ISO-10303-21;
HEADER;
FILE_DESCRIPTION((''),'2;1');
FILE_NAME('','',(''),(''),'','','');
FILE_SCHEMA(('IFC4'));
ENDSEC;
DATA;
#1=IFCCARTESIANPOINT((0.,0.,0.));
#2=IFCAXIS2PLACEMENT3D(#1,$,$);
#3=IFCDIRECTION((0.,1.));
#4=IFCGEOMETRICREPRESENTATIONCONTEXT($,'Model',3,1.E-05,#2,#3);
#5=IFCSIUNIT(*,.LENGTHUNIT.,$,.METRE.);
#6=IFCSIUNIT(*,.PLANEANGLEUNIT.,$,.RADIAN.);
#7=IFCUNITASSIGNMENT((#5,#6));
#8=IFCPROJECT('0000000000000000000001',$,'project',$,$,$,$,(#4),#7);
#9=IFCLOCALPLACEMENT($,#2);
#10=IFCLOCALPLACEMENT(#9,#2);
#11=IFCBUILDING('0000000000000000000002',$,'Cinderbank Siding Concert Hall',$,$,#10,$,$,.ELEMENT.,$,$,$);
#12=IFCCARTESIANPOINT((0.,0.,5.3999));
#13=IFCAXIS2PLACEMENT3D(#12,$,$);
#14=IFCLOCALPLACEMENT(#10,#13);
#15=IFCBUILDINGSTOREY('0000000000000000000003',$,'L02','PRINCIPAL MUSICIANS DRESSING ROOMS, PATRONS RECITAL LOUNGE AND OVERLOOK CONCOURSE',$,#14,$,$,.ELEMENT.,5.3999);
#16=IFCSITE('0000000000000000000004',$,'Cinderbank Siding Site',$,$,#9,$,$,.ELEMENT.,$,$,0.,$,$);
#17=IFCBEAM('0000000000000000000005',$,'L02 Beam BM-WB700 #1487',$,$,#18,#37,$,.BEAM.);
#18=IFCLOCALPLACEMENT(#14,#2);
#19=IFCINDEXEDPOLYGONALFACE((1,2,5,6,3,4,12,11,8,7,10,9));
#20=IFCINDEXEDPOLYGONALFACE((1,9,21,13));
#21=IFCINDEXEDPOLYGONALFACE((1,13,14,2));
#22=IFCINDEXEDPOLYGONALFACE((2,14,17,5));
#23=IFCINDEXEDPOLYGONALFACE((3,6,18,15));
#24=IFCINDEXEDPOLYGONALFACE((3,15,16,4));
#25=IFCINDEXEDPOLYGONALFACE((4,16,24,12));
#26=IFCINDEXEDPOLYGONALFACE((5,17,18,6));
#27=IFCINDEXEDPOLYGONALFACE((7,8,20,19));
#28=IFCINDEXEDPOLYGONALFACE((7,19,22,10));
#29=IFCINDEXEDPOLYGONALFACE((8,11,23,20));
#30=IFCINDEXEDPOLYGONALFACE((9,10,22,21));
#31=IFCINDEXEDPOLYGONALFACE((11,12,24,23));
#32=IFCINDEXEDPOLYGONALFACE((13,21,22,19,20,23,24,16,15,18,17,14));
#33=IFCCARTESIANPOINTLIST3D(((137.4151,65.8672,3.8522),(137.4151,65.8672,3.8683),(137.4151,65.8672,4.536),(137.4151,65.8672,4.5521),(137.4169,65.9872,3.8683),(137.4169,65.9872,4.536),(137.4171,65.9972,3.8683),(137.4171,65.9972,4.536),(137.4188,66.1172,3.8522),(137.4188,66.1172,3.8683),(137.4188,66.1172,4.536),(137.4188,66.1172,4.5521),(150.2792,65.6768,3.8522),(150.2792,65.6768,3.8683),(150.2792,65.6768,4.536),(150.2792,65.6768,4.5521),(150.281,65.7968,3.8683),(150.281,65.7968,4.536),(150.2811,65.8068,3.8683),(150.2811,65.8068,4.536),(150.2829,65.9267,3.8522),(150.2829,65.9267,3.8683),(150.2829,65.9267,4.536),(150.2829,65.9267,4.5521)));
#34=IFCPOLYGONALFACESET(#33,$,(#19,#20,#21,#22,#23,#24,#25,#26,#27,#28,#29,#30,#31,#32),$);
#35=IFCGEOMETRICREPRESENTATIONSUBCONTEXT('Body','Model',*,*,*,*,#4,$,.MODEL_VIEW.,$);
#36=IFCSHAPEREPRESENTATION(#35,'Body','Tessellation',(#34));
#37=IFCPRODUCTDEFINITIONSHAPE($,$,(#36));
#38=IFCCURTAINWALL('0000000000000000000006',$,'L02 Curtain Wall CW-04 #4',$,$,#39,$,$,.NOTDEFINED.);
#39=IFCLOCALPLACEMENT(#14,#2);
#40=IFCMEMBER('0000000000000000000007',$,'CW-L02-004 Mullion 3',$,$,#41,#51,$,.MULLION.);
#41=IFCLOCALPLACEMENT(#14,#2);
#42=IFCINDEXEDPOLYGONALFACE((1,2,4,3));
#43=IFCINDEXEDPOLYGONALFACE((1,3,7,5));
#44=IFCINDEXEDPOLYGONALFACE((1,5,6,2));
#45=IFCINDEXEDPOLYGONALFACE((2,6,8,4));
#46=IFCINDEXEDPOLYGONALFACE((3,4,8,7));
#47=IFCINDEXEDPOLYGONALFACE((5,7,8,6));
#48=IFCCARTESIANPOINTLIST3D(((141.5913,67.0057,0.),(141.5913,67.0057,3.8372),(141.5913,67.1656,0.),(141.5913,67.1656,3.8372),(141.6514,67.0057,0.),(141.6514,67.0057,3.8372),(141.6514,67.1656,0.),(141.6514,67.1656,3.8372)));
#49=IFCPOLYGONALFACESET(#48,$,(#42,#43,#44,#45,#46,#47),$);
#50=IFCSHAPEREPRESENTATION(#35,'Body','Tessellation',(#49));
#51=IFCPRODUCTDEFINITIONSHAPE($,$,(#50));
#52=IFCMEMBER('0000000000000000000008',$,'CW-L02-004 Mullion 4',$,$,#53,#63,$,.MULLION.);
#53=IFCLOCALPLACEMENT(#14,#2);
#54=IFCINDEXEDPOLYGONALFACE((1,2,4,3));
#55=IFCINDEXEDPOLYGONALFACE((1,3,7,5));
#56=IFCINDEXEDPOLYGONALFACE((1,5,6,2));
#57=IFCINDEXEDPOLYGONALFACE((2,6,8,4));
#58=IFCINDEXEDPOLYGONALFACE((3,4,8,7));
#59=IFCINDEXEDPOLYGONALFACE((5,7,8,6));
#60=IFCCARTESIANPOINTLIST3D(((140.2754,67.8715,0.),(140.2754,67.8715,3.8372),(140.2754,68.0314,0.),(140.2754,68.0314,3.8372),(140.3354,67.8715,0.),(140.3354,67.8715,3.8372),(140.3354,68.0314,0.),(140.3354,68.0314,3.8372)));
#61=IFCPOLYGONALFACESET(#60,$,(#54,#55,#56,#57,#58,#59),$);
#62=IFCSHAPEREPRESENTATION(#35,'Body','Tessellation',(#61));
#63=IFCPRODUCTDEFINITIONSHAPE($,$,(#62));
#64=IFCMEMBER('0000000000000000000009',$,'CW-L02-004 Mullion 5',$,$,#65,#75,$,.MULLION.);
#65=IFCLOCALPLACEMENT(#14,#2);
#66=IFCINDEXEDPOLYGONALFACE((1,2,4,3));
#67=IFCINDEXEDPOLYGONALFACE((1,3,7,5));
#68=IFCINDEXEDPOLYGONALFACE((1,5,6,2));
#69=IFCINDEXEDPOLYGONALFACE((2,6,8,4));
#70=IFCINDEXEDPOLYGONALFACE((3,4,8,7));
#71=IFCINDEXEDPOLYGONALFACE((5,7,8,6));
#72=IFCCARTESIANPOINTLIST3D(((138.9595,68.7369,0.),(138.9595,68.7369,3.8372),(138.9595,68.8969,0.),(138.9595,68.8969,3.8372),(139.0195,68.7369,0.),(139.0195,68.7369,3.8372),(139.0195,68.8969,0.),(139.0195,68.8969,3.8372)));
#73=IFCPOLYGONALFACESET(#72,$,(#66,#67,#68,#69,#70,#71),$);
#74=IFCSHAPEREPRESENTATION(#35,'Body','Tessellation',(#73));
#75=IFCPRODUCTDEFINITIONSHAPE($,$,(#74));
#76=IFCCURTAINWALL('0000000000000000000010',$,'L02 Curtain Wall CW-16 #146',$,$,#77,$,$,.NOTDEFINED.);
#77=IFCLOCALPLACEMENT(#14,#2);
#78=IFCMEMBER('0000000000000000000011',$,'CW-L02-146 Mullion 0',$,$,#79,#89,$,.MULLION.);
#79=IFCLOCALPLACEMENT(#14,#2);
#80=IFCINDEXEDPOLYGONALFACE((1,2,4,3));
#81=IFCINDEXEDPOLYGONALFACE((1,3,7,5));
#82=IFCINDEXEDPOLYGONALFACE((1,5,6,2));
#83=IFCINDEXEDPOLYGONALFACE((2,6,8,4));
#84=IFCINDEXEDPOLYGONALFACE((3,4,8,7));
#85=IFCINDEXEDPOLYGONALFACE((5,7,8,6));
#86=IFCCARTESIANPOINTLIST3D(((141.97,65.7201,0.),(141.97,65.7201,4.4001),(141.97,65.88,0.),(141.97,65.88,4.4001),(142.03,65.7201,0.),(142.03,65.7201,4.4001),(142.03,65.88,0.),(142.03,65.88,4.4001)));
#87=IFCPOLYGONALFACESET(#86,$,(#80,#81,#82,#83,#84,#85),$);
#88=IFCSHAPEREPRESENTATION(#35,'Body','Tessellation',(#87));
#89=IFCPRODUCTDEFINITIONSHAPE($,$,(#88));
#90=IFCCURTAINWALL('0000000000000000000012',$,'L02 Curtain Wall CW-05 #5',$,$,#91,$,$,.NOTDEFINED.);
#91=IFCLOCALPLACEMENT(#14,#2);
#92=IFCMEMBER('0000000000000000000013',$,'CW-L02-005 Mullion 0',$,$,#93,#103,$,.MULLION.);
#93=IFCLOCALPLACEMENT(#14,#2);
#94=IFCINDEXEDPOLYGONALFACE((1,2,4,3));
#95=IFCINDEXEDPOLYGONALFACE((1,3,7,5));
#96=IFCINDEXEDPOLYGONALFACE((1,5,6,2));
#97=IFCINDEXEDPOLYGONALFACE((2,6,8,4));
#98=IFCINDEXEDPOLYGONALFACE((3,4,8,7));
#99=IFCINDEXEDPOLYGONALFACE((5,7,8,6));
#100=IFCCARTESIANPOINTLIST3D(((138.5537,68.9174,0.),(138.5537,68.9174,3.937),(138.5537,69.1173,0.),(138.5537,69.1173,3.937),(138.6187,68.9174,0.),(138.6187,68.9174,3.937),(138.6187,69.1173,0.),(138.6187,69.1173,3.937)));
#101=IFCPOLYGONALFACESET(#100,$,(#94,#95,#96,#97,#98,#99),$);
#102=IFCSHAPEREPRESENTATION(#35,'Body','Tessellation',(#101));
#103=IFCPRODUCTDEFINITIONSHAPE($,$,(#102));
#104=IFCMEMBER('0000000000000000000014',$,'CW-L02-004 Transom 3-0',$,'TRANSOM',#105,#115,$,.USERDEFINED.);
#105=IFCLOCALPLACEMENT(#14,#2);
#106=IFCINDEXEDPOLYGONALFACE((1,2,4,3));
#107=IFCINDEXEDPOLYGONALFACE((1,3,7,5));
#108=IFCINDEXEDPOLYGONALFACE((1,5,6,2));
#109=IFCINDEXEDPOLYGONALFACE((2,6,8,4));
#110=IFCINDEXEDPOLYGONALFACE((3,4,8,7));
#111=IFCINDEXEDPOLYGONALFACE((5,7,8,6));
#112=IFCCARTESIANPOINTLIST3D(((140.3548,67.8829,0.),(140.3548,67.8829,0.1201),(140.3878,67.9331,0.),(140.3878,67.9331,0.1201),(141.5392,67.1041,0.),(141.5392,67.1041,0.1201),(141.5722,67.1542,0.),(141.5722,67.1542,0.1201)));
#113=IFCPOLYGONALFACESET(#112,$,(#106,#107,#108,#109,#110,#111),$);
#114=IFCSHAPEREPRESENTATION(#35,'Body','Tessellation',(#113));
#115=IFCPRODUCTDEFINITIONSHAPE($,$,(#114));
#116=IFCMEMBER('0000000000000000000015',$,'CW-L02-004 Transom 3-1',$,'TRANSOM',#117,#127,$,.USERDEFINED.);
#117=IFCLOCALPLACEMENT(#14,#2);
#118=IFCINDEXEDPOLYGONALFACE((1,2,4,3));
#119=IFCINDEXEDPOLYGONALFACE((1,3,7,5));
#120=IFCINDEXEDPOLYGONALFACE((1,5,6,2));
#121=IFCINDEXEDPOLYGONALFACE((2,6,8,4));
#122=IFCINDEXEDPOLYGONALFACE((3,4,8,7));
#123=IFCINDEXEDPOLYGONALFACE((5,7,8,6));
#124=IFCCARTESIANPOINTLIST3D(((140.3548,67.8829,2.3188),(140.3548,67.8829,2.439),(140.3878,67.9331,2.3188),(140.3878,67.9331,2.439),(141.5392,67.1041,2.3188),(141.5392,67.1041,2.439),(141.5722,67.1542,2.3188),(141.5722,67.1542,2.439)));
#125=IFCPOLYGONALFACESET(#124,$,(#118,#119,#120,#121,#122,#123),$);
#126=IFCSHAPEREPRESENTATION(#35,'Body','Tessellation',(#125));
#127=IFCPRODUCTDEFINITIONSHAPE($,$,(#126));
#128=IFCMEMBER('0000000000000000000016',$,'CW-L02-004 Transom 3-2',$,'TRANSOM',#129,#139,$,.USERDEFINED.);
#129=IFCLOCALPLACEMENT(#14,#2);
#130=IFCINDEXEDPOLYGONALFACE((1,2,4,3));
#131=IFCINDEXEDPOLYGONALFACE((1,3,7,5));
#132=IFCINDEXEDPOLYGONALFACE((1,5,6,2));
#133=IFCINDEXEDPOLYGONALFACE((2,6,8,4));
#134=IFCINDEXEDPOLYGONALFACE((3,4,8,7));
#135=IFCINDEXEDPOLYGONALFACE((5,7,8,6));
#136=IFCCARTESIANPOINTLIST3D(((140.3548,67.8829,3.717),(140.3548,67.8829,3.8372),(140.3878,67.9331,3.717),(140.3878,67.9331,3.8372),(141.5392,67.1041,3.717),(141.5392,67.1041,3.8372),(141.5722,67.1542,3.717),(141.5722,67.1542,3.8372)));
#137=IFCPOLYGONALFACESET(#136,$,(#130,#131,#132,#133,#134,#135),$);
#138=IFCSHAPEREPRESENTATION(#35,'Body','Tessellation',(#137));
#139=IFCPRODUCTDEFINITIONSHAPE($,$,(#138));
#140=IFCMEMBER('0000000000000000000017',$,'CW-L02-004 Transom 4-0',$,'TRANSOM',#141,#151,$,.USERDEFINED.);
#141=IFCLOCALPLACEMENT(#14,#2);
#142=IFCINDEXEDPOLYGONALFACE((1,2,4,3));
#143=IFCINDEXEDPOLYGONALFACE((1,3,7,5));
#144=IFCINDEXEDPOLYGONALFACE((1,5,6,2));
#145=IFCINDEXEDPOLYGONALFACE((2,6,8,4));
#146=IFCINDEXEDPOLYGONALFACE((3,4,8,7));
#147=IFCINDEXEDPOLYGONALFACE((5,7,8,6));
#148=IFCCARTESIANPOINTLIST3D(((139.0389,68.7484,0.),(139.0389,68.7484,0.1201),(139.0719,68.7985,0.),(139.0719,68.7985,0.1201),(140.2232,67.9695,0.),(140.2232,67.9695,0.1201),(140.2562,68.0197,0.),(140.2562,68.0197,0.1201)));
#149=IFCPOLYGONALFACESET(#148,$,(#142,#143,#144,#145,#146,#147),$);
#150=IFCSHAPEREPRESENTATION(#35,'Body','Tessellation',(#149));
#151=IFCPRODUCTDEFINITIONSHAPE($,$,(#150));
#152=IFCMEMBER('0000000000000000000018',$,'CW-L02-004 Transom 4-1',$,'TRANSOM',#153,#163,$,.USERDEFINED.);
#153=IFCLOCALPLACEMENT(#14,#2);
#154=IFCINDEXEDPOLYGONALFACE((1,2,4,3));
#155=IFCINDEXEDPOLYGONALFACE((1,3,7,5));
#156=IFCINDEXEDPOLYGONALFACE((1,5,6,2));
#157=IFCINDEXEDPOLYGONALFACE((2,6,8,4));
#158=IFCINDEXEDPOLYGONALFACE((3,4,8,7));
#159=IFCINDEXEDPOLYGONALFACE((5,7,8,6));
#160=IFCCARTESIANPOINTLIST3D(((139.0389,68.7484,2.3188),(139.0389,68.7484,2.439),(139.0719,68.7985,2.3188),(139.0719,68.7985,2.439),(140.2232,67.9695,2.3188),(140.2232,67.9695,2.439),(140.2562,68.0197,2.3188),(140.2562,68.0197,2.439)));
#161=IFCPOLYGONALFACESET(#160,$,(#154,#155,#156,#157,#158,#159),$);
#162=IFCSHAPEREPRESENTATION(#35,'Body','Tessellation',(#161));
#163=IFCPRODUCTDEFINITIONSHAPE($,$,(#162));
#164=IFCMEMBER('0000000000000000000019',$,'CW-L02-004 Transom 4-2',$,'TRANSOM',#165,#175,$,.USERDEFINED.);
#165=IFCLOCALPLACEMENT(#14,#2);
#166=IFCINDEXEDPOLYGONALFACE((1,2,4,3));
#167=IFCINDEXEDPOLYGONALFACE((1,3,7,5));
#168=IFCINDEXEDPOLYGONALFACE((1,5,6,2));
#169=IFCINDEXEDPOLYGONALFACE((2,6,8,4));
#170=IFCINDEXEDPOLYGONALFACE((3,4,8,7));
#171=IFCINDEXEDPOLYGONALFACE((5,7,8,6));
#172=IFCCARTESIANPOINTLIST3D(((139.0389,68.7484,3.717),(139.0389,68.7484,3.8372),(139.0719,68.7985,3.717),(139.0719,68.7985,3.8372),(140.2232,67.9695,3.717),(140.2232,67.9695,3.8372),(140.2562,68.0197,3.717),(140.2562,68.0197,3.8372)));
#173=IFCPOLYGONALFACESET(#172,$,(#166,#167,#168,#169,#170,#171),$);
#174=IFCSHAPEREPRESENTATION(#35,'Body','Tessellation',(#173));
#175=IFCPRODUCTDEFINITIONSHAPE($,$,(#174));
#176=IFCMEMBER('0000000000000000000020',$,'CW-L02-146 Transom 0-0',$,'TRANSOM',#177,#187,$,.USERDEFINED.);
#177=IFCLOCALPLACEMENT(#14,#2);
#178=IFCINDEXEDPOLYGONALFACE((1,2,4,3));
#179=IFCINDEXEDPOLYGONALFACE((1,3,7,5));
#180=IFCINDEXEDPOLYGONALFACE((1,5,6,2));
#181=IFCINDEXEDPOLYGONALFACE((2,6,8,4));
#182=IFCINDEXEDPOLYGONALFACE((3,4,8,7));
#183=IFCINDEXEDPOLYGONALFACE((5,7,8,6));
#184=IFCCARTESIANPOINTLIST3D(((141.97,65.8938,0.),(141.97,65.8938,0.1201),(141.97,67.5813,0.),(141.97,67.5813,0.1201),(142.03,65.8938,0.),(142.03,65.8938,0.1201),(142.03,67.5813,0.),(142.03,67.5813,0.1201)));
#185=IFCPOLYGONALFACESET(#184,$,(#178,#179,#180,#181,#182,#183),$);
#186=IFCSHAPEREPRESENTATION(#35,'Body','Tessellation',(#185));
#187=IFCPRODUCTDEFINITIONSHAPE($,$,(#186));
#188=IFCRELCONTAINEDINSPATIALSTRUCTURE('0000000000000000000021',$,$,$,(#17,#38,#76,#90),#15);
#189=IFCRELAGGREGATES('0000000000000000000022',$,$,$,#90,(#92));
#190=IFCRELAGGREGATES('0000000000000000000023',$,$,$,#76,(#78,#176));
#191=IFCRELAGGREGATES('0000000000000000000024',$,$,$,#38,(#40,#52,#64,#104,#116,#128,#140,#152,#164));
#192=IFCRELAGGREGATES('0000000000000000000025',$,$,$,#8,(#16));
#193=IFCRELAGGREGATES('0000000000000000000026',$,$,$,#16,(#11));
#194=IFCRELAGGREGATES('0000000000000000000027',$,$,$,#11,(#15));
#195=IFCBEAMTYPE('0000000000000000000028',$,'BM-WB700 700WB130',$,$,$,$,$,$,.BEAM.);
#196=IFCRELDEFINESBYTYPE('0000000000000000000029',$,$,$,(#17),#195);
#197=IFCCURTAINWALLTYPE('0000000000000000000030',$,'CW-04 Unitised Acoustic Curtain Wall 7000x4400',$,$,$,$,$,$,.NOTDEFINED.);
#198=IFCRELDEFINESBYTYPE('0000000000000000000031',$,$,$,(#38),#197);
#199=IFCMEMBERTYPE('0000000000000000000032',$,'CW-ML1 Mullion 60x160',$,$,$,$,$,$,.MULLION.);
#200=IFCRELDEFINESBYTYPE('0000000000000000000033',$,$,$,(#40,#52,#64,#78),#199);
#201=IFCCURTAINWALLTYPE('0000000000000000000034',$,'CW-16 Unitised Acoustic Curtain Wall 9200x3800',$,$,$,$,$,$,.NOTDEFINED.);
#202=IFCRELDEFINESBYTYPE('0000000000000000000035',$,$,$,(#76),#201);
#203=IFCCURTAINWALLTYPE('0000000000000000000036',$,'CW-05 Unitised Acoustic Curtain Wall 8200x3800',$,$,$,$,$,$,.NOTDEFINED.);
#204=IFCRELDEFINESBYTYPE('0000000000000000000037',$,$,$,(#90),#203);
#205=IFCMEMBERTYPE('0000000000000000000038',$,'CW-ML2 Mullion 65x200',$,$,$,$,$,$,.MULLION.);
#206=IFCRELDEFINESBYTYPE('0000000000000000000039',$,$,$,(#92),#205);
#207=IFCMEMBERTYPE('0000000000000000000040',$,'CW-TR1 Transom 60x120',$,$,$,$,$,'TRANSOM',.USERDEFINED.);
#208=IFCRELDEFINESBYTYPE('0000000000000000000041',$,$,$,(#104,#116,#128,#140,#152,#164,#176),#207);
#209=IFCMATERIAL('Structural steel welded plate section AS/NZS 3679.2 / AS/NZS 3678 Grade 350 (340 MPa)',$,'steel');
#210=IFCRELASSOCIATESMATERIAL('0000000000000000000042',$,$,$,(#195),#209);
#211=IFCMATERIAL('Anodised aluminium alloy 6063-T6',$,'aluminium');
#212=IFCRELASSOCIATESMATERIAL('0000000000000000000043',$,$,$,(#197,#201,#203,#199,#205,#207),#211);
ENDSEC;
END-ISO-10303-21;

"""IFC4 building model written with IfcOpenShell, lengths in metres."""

from ifc_helpers import new_model, si_unit, direction, frame, origin, origin_2d, place, context, subcontext, project, spatial, rectangle, i_section, extrude, material, material_profile, profile_set, type_object, element, aggregate, save


model = new_model("IFC4")

# Units and contexts
model_context = context("Model", 3, precision=1e-05, world=origin(), true_north=direction((0.0, 1.0)))
body_context = subcontext(model_context, "Body", "Model", "MODEL_VIEW")
ifc_project = project(units=[si_unit("LENGTHUNIT", "METRE"), si_unit("PLANEANGLEUNIT", "RADIAN")], contexts=[model_context])

# Site, building, storey
site_placement = place(None, origin())
site = spatial("IfcSite", under=ifc_project, at=site_placement, Name="Cinderbank Siding Site", CompositionType="ELEMENT", RefElevation=0.0)
building_placement = place(site_placement, origin())
building = spatial("IfcBuilding", under=site, at=building_placement, Name="Cinderbank Siding Concert Hall", CompositionType="ELEMENT")
storey_placement = place(building_placement, frame((0.0, 0.0, 5.3999)))
storey = spatial("IfcBuildingStorey", under=building, at=storey_placement, Name="L02", Description="PRINCIPAL MUSICIANS DRESSING ROOMS, PATRONS RECITAL LOUNGE AND OVERLOOK CONCOURSE", CompositionType="ELEMENT", Elevation=5.3999)

# Beam
ifc_material_1 = material(Name="Structural steel welded plate section AS/NZS 3679.2 / AS/NZS 3678 Grade 350 (340 MPa)", Category="steel")
ifc_material_profile_1 = material_profile(ifc_material_1, i_section(OverallWidth=0.25, OverallDepth=0.7, WebThickness=0.01, FlangeThickness=0.0161, at=origin_2d()), Name="700WB130", Category="LoadBearing")
ifc_profile_set_1 = profile_set([ifc_material_profile_1], Name="Structural steel welded plate section AS/NZS 3679.2 / AS/NZS 3678 Grade 350 (340 MPa)")
beam_type_1 = type_object("IfcBeamType", Name="BM-WB700 700WB130", PredefinedType="BEAM", material=ifc_profile_set_1)
beam_1_placement = place(storey_placement, frame((137.417, 65.9922, 4.2021), z_axis=(0.99989, -0.014802, 0.0), x_axis=(0.014802, 0.99989, 0.0)))
element("IfcBeam", 1, at=beam_1_placement, inside=storey, type_object=beam_type_1, Name="L02 Beam BM-WB700 #1487", PredefinedType="BEAM", context=body_context, shape_type="SweptSolid", body=[
    extrude(i_section(OverallWidth=0.25, OverallDepth=0.7, WebThickness=0.01, FlangeThickness=0.0161, at=origin_2d()), origin(), (0.0, 0.0, 1.0), 12.8655),
])

# Curtain wall, members
ifc_material_2 = material(Name="Anodised aluminium alloy 6063-T6", Category="aluminium")
curtain_wall_type_1 = type_object("IfcCurtainWallType", Name="CW-04 Unitised Acoustic Curtain Wall 7000x4400", PredefinedType="NOTDEFINED", material=ifc_material_2)
curtain_wall_1_placement = place(storey_placement, origin())
curtain_wall_1 = element("IfcCurtainWall", 2, at=curtain_wall_1_placement, inside=storey, type_object=curtain_wall_type_1, Name="L02 Curtain Wall CW-04 #4", PredefinedType="NOTDEFINED")
ifc_material_profile_2 = material_profile(ifc_material_2, rectangle(XDim=0.0601, YDim=0.1599, at=origin_2d()), Name="ALU-MULL-60x160", Category="LoadBearing")
ifc_profile_set_2 = profile_set([ifc_material_profile_2], Name="Anodised aluminium alloy 6063-T6")
member_type_1 = type_object("IfcMemberType", Name="CW-ML1 Mullion 60x160", PredefinedType="MULLION", material=ifc_profile_set_2)
member_1_placement = place(storey_placement, frame((141.6213, 67.0857, 0.0), z_axis=(0.0, 0.0, 1.0), x_axis=(1.0, 0.0, 0.0)))
member_1 = element("IfcMember", 3, at=member_1_placement, type_object=member_type_1, Name="CW-L02-004 Mullion 3", PredefinedType="MULLION", context=body_context, shape_type="SweptSolid", body=[
    extrude(rectangle(XDim=0.0601, YDim=0.1599, at=origin_2d()), origin(), (0.0, 0.0, 1.0), 3.8372),
])
member_2_placement = place(storey_placement, frame((140.3054, 67.9514, 0.0), z_axis=(0.0, 0.0, 1.0), x_axis=(1.0, 0.0, 0.0)))
member_2 = element("IfcMember", 4, at=member_2_placement, type_object=member_type_1, Name="CW-L02-004 Mullion 4", PredefinedType="MULLION", context=body_context, shape_type="SweptSolid", body=[
    extrude(rectangle(XDim=0.0601, YDim=0.1599, at=origin_2d()), origin(), (0.0, 0.0, 1.0), 3.8372),
])
member_3_placement = place(storey_placement, frame((138.9895, 68.8169, 0.0), z_axis=(0.0, 0.0, 1.0), x_axis=(1.0, 0.0, 0.0)))
member_3 = element("IfcMember", 5, at=member_3_placement, type_object=member_type_1, Name="CW-L02-004 Mullion 5", PredefinedType="MULLION", context=body_context, shape_type="SweptSolid", body=[
    extrude(rectangle(XDim=0.0601, YDim=0.1599, at=origin_2d()), origin(), (0.0, 0.0, 1.0), 3.8372),
])

# Curtain walls, members
curtain_wall_type_2 = type_object("IfcCurtainWallType", Name="CW-16 Unitised Acoustic Curtain Wall 9200x3800", PredefinedType="NOTDEFINED", material=ifc_material_2)
curtain_wall_2_placement = place(storey_placement, origin())
curtain_wall_2 = element("IfcCurtainWall", 6, at=curtain_wall_2_placement, inside=storey, type_object=curtain_wall_type_2, Name="L02 Curtain Wall CW-16 #146", PredefinedType="NOTDEFINED")
member_4_placement = place(storey_placement, frame((142.0, 65.8, 0.0), z_axis=(0.0, 0.0, 1.0), x_axis=(1.0, 0.0, 0.0)))
member_4 = element("IfcMember", 7, at=member_4_placement, type_object=member_type_1, Name="CW-L02-146 Mullion 0", PredefinedType="MULLION", context=body_context, shape_type="SweptSolid", body=[
    extrude(rectangle(XDim=0.0601, YDim=0.1599, at=origin_2d()), origin(), (0.0, 0.0, 1.0), 4.4001),
])
curtain_wall_type_3 = type_object("IfcCurtainWallType", Name="CW-05 Unitised Acoustic Curtain Wall 8200x3800", PredefinedType="NOTDEFINED", material=ifc_material_2)
curtain_wall_3_placement = place(storey_placement, origin())
curtain_wall_3 = element("IfcCurtainWall", 8, at=curtain_wall_3_placement, inside=storey, type_object=curtain_wall_type_3, Name="L02 Curtain Wall CW-05 #5", PredefinedType="NOTDEFINED")
ifc_material_profile_3 = material_profile(ifc_material_2, rectangle(XDim=0.0649, YDim=0.2, at=origin_2d()), Name="ALU-MULL-65x200", Category="LoadBearing")
ifc_profile_set_3 = profile_set([ifc_material_profile_3], Name="Anodised aluminium alloy 6063-T6")
member_type_2 = type_object("IfcMemberType", Name="CW-ML2 Mullion 65x200", PredefinedType="MULLION", material=ifc_profile_set_3)
member_5_placement = place(storey_placement, frame((138.5862, 69.0173, 0.0), z_axis=(0.0, 0.0, 1.0), x_axis=(1.0, 0.0, 0.0)))
member_5 = element("IfcMember", 9, at=member_5_placement, type_object=member_type_2, Name="CW-L02-005 Mullion 0", PredefinedType="MULLION", context=body_context, shape_type="SweptSolid", body=[
    extrude(rectangle(XDim=0.0649, YDim=0.2, at=origin_2d()), origin(), (0.0, 0.0, 1.0), 3.937),
])
aggregate(curtain_wall_3, [member_5])

# Members
ifc_material_profile_4 = material_profile(ifc_material_2, rectangle(XDim=0.0601, YDim=0.1201, at=origin_2d()), Name="ALU-TRAN-60x120", Category="LoadBearing")
ifc_profile_set_4 = profile_set([ifc_material_profile_4], Name="Anodised aluminium alloy 6063-T6")
member_type_3 = type_object("IfcMemberType", Name="CW-TR1 Transom 60x120", ElementType="TRANSOM", PredefinedType="USERDEFINED", material=ifc_profile_set_4)
member_6_placement = place(storey_placement, frame((141.5557, 67.1292, 0.0601), z_axis=(-0.835532, 0.549443, 0.0), x_axis=(-0.549443, -0.835532, 0.0)))
member_6 = element("IfcMember", 10, at=member_6_placement, type_object=member_type_3, Name="CW-L02-004 Transom 3-0", ObjectType="TRANSOM", PredefinedType="USERDEFINED", context=body_context, shape_type="SweptSolid", body=[
    extrude(rectangle(XDim=0.0601, YDim=0.1201, at=origin_2d()), origin(), (0.0, 0.0, 1.0), 1.4175),
])
member_7_placement = place(storey_placement, frame((141.5557, 67.1292, 2.3789), z_axis=(-0.835532, 0.549443, 0.0), x_axis=(-0.549443, -0.835532, 0.0)))
member_7 = element("IfcMember", 11, at=member_7_placement, type_object=member_type_3, Name="CW-L02-004 Transom 3-1", ObjectType="TRANSOM", PredefinedType="USERDEFINED", context=body_context, shape_type="SweptSolid", body=[
    extrude(rectangle(XDim=0.0601, YDim=0.1201, at=origin_2d()), origin(), (0.0, 0.0, 1.0), 1.4175),
])
member_8_placement = place(storey_placement, frame((141.5557, 67.1292, 3.7771), z_axis=(-0.835532, 0.549443, 0.0), x_axis=(-0.549443, -0.835532, 0.0)))
member_8 = element("IfcMember", 12, at=member_8_placement, type_object=member_type_3, Name="CW-L02-004 Transom 3-2", ObjectType="TRANSOM", PredefinedType="USERDEFINED", context=body_context, shape_type="SweptSolid", body=[
    extrude(rectangle(XDim=0.0601, YDim=0.1201, at=origin_2d()), origin(), (0.0, 0.0, 1.0), 1.4175),
])
member_9_placement = place(storey_placement, frame((140.2397, 67.9946, 0.0601), z_axis=(-0.835532, 0.549443, 0.0), x_axis=(-0.549443, -0.835532, 0.0)))
member_9 = element("IfcMember", 13, at=member_9_placement, type_object=member_type_3, Name="CW-L02-004 Transom 4-0", ObjectType="TRANSOM", PredefinedType="USERDEFINED", context=body_context, shape_type="SweptSolid", body=[
    extrude(rectangle(XDim=0.0601, YDim=0.1201, at=origin_2d()), origin(), (0.0, 0.0, 1.0), 1.4175),
])
member_10_placement = place(storey_placement, frame((140.2397, 67.9946, 2.3789), z_axis=(-0.835532, 0.549443, 0.0), x_axis=(-0.549443, -0.835532, 0.0)))
member_10 = element("IfcMember", 14, at=member_10_placement, type_object=member_type_3, Name="CW-L02-004 Transom 4-1", ObjectType="TRANSOM", PredefinedType="USERDEFINED", context=body_context, shape_type="SweptSolid", body=[
    extrude(rectangle(XDim=0.0601, YDim=0.1201, at=origin_2d()), origin(), (0.0, 0.0, 1.0), 1.4175),
])
member_11_placement = place(storey_placement, frame((140.2397, 67.9946, 3.7771), z_axis=(-0.835532, 0.549443, 0.0), x_axis=(-0.549443, -0.835532, 0.0)))
member_11 = element("IfcMember", 15, at=member_11_placement, type_object=member_type_3, Name="CW-L02-004 Transom 4-2", ObjectType="TRANSOM", PredefinedType="USERDEFINED", context=body_context, shape_type="SweptSolid", body=[
    extrude(rectangle(XDim=0.0601, YDim=0.1201, at=origin_2d()), origin(), (0.0, 0.0, 1.0), 1.4175),
])
member_12_placement = place(storey_placement, frame((142.0, 65.8938, 0.0601), z_axis=(0.0, 1.0, 0.0), x_axis=(-1.0, 0.0, 0.0)))
member_12 = element("IfcMember", 16, at=member_12_placement, type_object=member_type_3, Name="CW-L02-146 Transom 0-0", ObjectType="TRANSOM", PredefinedType="USERDEFINED", context=body_context, shape_type="SweptSolid", body=[
    extrude(rectangle(XDim=0.0601, YDim=0.1201, at=origin_2d()), origin(), (0.0, 0.0, 1.0), 1.6875),
])
aggregate(curtain_wall_2, [member_4, member_12])

aggregate(curtain_wall_1, [member_1, member_2, member_3, member_6, member_7, member_8, member_9, member_10, member_11])

save(model, "model.ifc")
